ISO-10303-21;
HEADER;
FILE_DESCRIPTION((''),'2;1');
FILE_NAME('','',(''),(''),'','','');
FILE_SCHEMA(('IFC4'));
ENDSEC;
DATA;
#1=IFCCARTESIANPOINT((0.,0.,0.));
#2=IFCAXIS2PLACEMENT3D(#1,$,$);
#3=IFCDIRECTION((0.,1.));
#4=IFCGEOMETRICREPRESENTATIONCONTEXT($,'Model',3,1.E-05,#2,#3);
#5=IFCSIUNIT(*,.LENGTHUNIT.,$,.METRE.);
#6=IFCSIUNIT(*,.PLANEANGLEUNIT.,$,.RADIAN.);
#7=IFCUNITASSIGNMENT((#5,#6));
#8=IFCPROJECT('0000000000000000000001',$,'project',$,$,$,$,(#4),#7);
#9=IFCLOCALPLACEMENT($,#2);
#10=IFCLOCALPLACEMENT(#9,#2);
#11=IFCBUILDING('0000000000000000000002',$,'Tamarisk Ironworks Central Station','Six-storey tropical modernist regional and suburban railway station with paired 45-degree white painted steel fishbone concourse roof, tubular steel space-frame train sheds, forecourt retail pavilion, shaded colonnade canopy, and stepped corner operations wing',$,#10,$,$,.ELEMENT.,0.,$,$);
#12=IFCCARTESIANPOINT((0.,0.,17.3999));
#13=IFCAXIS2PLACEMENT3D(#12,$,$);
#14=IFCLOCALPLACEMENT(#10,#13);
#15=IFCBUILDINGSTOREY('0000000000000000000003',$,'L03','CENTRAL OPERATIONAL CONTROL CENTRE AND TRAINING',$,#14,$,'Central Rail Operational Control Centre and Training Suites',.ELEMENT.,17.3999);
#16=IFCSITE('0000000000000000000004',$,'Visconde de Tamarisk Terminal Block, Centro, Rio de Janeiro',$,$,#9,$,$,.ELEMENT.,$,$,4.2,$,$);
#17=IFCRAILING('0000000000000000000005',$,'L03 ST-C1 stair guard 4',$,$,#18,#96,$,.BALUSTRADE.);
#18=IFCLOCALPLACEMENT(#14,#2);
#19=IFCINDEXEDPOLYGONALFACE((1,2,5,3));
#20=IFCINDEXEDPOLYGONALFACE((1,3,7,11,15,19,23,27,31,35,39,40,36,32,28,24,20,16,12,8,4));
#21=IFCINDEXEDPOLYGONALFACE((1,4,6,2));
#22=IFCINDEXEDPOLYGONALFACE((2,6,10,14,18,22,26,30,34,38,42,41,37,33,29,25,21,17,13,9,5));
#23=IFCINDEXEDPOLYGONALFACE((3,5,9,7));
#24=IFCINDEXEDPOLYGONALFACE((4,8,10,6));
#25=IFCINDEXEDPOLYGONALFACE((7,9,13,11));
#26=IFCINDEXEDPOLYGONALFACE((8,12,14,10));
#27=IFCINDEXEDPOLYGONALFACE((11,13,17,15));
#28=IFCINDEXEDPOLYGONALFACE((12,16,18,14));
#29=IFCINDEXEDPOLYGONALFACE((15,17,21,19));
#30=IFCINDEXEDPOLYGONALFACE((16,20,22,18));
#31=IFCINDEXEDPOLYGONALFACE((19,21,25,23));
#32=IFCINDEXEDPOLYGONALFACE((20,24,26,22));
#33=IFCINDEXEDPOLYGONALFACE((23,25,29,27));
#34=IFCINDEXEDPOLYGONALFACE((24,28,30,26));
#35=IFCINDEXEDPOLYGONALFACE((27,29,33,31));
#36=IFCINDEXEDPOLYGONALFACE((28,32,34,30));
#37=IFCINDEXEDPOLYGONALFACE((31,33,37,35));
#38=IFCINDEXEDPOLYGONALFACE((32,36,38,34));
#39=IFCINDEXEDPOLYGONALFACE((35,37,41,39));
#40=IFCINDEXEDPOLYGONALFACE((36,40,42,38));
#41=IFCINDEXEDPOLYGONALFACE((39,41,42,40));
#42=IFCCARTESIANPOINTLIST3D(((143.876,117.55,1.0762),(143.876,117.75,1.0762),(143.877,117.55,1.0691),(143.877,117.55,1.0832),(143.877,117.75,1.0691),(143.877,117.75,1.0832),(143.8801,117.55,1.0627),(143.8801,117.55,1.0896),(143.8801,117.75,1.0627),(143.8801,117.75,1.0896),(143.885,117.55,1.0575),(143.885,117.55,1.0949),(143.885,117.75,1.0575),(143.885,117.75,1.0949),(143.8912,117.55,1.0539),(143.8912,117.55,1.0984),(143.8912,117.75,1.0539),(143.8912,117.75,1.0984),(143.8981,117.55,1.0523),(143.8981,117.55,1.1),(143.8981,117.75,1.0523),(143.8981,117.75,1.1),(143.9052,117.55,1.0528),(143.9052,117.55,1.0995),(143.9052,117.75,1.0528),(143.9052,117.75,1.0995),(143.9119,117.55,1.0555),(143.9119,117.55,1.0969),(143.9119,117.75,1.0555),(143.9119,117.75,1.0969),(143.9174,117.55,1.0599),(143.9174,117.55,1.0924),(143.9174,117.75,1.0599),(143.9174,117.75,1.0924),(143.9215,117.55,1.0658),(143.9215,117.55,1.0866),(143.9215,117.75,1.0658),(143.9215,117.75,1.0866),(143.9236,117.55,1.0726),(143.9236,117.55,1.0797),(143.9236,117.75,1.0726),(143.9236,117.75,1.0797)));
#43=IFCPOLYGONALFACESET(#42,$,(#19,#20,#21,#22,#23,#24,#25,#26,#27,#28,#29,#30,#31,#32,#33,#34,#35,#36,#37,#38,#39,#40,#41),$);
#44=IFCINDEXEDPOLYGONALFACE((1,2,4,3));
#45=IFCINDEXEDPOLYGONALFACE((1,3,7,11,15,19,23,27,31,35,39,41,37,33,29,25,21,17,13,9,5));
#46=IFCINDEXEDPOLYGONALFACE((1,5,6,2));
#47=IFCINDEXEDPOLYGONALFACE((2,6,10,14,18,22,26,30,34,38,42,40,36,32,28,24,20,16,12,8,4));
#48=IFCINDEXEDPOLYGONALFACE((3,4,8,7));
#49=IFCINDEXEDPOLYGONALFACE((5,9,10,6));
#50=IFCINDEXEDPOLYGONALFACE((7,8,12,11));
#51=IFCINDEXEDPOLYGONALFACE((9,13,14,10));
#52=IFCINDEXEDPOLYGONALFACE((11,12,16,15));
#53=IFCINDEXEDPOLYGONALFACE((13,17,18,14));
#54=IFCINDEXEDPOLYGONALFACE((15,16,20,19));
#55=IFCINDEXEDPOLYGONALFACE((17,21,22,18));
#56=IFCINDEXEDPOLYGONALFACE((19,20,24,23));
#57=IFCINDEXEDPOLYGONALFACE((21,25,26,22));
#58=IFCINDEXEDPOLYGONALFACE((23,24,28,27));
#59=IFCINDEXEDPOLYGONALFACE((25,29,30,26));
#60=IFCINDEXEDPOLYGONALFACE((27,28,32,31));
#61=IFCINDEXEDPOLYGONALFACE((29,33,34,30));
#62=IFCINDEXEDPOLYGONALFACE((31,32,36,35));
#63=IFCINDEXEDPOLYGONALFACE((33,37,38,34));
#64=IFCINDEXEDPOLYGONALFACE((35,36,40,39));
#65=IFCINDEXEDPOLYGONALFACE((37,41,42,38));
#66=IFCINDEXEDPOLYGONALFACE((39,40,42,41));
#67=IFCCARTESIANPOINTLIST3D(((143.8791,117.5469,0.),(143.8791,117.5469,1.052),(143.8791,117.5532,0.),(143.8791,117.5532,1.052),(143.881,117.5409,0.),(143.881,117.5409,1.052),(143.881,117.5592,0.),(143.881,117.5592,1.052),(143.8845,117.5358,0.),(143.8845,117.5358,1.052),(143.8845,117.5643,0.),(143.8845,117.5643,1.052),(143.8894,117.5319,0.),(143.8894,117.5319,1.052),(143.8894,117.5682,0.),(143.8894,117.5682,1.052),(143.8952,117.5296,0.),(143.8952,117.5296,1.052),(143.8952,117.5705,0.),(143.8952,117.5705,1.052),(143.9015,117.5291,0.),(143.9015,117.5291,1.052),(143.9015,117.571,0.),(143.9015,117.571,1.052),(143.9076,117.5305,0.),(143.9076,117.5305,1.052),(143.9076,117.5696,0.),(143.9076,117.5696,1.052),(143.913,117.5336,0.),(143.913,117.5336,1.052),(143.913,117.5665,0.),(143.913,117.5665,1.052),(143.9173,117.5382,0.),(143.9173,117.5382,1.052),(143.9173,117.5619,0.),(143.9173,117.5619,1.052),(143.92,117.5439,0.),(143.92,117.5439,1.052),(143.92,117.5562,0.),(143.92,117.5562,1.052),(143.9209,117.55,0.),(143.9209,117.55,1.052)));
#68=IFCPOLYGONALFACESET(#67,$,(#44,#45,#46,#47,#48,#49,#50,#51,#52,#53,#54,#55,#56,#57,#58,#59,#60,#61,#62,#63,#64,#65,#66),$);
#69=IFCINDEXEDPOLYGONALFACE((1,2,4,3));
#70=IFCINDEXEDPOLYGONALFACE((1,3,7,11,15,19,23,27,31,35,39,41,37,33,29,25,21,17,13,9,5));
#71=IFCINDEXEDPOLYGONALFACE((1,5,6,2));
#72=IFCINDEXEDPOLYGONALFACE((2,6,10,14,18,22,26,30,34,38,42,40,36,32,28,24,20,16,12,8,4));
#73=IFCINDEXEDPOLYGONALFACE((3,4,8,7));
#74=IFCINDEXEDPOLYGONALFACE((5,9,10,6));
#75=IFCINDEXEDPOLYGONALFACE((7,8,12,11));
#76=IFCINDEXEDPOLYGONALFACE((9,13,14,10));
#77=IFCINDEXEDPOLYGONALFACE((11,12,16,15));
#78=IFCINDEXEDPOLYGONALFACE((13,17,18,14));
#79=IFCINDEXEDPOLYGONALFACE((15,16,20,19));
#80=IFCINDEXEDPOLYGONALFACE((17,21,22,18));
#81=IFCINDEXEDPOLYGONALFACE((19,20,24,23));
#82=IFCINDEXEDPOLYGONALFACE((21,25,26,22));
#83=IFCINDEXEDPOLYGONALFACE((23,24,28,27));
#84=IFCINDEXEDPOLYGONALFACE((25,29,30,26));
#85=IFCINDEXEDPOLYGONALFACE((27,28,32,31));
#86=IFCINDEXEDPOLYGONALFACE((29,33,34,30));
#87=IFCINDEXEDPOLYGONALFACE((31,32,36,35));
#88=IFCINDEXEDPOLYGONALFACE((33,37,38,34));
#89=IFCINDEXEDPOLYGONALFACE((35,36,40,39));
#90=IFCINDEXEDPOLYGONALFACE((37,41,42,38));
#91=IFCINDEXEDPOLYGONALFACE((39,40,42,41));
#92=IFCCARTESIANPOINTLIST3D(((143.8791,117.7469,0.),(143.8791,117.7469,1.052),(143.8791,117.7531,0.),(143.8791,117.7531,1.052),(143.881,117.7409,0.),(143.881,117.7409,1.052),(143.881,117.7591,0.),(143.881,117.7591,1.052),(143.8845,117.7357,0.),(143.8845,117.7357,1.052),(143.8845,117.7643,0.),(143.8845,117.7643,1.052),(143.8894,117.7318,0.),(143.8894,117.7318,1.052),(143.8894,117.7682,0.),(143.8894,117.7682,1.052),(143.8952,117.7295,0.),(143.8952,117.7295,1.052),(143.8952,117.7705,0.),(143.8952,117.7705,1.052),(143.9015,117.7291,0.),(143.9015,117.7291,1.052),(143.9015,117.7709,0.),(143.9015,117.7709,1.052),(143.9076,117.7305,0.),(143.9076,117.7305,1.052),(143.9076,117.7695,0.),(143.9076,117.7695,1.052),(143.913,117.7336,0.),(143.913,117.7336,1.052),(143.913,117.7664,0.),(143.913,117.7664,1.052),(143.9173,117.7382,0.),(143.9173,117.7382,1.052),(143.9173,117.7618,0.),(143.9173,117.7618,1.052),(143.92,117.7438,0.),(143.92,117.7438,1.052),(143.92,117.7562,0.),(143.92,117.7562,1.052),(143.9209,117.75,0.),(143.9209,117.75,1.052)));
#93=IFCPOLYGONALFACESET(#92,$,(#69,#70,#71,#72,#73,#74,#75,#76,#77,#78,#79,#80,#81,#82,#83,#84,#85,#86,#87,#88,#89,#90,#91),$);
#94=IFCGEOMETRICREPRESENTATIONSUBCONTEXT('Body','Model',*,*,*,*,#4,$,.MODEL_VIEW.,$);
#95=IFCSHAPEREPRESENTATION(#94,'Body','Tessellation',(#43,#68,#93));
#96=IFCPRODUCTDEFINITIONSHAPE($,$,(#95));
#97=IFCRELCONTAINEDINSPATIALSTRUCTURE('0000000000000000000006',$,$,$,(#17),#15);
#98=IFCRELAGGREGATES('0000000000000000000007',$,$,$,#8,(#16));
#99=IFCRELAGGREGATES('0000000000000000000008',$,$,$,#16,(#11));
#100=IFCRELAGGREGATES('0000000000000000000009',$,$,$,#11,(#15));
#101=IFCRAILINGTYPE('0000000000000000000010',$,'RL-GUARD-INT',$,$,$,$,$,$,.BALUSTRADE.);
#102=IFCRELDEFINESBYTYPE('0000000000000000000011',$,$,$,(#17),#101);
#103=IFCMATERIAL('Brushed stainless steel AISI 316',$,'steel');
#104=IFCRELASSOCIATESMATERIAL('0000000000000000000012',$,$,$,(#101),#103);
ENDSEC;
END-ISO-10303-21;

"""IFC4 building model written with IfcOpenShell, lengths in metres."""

from ifc_helpers import new_model, si_unit, direction, frame, origin, origin_2d, place, context, subcontext, project, spatial, circle, extrude, material, type_object, element, save


model = new_model("IFC4")

# Units and contexts
model_context = context("Model", 3, precision=1e-05, world=origin(), true_north=direction((0.0, 1.0)))
body_context = subcontext(model_context, "Body", "Model", "MODEL_VIEW")
ifc_project = project(units=[si_unit("LENGTHUNIT", "METRE"), si_unit("PLANEANGLEUNIT", "RADIAN")], contexts=[model_context])

# Site, building, storey
site_placement = place(None, origin())
site = spatial("IfcSite", under=ifc_project, at=site_placement, Name="Visconde de Tamarisk Terminal Block, Centro, Rio de Janeiro", CompositionType="ELEMENT", RefElevation=4.2)
building_placement = place(site_placement, origin())
building = spatial("IfcBuilding", under=site, at=building_placement, Name="Tamarisk Ironworks Central Station", Description="Six-storey tropical modernist regional and suburban railway station with paired 45-degree white painted steel fishbone concourse roof, tubular steel space-frame train sheds, forecourt retail pavilion, shaded colonnade canopy, and stepped corner operations wing", CompositionType="ELEMENT", ElevationOfRefHeight=0.0)
storey_placement = place(building_placement, frame((0.0, 0.0, 17.3999)))
storey = spatial("IfcBuildingStorey", under=building, at=storey_placement, Name="L03", Description="CENTRAL OPERATIONAL CONTROL CENTRE AND TRAINING", LongName="Central Rail Operational Control Centre and Training Suites", CompositionType="ELEMENT", Elevation=17.3999)

# Railing
ifc_material_1 = material(Name="Brushed stainless steel AISI 316", Category="steel")
railing_type_1 = type_object("IfcRailingType", Name="RL-GUARD-INT", PredefinedType="BALUSTRADE", material=ifc_material_1)
railing_1_placement = place(storey_placement, frame((143.8999, 117.55, 0.0)))
element("IfcRailing", 1, at=railing_1_placement, inside=storey, type_object=railing_type_1, Name="L03 ST-C1 stair guard 4", PredefinedType="BALUSTRADE", context=body_context, shape_type="SweptSolid", body=[
    extrude(circle(Radius=0.0239, at=origin_2d()), frame((0.0, 0.0, 1.0762), z_axis=(0.0, 1.0, 0.0), x_axis=(-1.0, 0.0, 0.0)), (0.0, 0.0, 1.0), 0.2),
    extrude(circle(Radius=0.021, at=origin_2d()), origin(), (0.0, 0.0, 1.0), 1.052),
    extrude(circle(Radius=0.021, at=origin_2d()), frame((0.0, 0.2, 0.0)), (0.0, 0.0, 1.0), 1.052),
])

save(model, "model.ifc")
